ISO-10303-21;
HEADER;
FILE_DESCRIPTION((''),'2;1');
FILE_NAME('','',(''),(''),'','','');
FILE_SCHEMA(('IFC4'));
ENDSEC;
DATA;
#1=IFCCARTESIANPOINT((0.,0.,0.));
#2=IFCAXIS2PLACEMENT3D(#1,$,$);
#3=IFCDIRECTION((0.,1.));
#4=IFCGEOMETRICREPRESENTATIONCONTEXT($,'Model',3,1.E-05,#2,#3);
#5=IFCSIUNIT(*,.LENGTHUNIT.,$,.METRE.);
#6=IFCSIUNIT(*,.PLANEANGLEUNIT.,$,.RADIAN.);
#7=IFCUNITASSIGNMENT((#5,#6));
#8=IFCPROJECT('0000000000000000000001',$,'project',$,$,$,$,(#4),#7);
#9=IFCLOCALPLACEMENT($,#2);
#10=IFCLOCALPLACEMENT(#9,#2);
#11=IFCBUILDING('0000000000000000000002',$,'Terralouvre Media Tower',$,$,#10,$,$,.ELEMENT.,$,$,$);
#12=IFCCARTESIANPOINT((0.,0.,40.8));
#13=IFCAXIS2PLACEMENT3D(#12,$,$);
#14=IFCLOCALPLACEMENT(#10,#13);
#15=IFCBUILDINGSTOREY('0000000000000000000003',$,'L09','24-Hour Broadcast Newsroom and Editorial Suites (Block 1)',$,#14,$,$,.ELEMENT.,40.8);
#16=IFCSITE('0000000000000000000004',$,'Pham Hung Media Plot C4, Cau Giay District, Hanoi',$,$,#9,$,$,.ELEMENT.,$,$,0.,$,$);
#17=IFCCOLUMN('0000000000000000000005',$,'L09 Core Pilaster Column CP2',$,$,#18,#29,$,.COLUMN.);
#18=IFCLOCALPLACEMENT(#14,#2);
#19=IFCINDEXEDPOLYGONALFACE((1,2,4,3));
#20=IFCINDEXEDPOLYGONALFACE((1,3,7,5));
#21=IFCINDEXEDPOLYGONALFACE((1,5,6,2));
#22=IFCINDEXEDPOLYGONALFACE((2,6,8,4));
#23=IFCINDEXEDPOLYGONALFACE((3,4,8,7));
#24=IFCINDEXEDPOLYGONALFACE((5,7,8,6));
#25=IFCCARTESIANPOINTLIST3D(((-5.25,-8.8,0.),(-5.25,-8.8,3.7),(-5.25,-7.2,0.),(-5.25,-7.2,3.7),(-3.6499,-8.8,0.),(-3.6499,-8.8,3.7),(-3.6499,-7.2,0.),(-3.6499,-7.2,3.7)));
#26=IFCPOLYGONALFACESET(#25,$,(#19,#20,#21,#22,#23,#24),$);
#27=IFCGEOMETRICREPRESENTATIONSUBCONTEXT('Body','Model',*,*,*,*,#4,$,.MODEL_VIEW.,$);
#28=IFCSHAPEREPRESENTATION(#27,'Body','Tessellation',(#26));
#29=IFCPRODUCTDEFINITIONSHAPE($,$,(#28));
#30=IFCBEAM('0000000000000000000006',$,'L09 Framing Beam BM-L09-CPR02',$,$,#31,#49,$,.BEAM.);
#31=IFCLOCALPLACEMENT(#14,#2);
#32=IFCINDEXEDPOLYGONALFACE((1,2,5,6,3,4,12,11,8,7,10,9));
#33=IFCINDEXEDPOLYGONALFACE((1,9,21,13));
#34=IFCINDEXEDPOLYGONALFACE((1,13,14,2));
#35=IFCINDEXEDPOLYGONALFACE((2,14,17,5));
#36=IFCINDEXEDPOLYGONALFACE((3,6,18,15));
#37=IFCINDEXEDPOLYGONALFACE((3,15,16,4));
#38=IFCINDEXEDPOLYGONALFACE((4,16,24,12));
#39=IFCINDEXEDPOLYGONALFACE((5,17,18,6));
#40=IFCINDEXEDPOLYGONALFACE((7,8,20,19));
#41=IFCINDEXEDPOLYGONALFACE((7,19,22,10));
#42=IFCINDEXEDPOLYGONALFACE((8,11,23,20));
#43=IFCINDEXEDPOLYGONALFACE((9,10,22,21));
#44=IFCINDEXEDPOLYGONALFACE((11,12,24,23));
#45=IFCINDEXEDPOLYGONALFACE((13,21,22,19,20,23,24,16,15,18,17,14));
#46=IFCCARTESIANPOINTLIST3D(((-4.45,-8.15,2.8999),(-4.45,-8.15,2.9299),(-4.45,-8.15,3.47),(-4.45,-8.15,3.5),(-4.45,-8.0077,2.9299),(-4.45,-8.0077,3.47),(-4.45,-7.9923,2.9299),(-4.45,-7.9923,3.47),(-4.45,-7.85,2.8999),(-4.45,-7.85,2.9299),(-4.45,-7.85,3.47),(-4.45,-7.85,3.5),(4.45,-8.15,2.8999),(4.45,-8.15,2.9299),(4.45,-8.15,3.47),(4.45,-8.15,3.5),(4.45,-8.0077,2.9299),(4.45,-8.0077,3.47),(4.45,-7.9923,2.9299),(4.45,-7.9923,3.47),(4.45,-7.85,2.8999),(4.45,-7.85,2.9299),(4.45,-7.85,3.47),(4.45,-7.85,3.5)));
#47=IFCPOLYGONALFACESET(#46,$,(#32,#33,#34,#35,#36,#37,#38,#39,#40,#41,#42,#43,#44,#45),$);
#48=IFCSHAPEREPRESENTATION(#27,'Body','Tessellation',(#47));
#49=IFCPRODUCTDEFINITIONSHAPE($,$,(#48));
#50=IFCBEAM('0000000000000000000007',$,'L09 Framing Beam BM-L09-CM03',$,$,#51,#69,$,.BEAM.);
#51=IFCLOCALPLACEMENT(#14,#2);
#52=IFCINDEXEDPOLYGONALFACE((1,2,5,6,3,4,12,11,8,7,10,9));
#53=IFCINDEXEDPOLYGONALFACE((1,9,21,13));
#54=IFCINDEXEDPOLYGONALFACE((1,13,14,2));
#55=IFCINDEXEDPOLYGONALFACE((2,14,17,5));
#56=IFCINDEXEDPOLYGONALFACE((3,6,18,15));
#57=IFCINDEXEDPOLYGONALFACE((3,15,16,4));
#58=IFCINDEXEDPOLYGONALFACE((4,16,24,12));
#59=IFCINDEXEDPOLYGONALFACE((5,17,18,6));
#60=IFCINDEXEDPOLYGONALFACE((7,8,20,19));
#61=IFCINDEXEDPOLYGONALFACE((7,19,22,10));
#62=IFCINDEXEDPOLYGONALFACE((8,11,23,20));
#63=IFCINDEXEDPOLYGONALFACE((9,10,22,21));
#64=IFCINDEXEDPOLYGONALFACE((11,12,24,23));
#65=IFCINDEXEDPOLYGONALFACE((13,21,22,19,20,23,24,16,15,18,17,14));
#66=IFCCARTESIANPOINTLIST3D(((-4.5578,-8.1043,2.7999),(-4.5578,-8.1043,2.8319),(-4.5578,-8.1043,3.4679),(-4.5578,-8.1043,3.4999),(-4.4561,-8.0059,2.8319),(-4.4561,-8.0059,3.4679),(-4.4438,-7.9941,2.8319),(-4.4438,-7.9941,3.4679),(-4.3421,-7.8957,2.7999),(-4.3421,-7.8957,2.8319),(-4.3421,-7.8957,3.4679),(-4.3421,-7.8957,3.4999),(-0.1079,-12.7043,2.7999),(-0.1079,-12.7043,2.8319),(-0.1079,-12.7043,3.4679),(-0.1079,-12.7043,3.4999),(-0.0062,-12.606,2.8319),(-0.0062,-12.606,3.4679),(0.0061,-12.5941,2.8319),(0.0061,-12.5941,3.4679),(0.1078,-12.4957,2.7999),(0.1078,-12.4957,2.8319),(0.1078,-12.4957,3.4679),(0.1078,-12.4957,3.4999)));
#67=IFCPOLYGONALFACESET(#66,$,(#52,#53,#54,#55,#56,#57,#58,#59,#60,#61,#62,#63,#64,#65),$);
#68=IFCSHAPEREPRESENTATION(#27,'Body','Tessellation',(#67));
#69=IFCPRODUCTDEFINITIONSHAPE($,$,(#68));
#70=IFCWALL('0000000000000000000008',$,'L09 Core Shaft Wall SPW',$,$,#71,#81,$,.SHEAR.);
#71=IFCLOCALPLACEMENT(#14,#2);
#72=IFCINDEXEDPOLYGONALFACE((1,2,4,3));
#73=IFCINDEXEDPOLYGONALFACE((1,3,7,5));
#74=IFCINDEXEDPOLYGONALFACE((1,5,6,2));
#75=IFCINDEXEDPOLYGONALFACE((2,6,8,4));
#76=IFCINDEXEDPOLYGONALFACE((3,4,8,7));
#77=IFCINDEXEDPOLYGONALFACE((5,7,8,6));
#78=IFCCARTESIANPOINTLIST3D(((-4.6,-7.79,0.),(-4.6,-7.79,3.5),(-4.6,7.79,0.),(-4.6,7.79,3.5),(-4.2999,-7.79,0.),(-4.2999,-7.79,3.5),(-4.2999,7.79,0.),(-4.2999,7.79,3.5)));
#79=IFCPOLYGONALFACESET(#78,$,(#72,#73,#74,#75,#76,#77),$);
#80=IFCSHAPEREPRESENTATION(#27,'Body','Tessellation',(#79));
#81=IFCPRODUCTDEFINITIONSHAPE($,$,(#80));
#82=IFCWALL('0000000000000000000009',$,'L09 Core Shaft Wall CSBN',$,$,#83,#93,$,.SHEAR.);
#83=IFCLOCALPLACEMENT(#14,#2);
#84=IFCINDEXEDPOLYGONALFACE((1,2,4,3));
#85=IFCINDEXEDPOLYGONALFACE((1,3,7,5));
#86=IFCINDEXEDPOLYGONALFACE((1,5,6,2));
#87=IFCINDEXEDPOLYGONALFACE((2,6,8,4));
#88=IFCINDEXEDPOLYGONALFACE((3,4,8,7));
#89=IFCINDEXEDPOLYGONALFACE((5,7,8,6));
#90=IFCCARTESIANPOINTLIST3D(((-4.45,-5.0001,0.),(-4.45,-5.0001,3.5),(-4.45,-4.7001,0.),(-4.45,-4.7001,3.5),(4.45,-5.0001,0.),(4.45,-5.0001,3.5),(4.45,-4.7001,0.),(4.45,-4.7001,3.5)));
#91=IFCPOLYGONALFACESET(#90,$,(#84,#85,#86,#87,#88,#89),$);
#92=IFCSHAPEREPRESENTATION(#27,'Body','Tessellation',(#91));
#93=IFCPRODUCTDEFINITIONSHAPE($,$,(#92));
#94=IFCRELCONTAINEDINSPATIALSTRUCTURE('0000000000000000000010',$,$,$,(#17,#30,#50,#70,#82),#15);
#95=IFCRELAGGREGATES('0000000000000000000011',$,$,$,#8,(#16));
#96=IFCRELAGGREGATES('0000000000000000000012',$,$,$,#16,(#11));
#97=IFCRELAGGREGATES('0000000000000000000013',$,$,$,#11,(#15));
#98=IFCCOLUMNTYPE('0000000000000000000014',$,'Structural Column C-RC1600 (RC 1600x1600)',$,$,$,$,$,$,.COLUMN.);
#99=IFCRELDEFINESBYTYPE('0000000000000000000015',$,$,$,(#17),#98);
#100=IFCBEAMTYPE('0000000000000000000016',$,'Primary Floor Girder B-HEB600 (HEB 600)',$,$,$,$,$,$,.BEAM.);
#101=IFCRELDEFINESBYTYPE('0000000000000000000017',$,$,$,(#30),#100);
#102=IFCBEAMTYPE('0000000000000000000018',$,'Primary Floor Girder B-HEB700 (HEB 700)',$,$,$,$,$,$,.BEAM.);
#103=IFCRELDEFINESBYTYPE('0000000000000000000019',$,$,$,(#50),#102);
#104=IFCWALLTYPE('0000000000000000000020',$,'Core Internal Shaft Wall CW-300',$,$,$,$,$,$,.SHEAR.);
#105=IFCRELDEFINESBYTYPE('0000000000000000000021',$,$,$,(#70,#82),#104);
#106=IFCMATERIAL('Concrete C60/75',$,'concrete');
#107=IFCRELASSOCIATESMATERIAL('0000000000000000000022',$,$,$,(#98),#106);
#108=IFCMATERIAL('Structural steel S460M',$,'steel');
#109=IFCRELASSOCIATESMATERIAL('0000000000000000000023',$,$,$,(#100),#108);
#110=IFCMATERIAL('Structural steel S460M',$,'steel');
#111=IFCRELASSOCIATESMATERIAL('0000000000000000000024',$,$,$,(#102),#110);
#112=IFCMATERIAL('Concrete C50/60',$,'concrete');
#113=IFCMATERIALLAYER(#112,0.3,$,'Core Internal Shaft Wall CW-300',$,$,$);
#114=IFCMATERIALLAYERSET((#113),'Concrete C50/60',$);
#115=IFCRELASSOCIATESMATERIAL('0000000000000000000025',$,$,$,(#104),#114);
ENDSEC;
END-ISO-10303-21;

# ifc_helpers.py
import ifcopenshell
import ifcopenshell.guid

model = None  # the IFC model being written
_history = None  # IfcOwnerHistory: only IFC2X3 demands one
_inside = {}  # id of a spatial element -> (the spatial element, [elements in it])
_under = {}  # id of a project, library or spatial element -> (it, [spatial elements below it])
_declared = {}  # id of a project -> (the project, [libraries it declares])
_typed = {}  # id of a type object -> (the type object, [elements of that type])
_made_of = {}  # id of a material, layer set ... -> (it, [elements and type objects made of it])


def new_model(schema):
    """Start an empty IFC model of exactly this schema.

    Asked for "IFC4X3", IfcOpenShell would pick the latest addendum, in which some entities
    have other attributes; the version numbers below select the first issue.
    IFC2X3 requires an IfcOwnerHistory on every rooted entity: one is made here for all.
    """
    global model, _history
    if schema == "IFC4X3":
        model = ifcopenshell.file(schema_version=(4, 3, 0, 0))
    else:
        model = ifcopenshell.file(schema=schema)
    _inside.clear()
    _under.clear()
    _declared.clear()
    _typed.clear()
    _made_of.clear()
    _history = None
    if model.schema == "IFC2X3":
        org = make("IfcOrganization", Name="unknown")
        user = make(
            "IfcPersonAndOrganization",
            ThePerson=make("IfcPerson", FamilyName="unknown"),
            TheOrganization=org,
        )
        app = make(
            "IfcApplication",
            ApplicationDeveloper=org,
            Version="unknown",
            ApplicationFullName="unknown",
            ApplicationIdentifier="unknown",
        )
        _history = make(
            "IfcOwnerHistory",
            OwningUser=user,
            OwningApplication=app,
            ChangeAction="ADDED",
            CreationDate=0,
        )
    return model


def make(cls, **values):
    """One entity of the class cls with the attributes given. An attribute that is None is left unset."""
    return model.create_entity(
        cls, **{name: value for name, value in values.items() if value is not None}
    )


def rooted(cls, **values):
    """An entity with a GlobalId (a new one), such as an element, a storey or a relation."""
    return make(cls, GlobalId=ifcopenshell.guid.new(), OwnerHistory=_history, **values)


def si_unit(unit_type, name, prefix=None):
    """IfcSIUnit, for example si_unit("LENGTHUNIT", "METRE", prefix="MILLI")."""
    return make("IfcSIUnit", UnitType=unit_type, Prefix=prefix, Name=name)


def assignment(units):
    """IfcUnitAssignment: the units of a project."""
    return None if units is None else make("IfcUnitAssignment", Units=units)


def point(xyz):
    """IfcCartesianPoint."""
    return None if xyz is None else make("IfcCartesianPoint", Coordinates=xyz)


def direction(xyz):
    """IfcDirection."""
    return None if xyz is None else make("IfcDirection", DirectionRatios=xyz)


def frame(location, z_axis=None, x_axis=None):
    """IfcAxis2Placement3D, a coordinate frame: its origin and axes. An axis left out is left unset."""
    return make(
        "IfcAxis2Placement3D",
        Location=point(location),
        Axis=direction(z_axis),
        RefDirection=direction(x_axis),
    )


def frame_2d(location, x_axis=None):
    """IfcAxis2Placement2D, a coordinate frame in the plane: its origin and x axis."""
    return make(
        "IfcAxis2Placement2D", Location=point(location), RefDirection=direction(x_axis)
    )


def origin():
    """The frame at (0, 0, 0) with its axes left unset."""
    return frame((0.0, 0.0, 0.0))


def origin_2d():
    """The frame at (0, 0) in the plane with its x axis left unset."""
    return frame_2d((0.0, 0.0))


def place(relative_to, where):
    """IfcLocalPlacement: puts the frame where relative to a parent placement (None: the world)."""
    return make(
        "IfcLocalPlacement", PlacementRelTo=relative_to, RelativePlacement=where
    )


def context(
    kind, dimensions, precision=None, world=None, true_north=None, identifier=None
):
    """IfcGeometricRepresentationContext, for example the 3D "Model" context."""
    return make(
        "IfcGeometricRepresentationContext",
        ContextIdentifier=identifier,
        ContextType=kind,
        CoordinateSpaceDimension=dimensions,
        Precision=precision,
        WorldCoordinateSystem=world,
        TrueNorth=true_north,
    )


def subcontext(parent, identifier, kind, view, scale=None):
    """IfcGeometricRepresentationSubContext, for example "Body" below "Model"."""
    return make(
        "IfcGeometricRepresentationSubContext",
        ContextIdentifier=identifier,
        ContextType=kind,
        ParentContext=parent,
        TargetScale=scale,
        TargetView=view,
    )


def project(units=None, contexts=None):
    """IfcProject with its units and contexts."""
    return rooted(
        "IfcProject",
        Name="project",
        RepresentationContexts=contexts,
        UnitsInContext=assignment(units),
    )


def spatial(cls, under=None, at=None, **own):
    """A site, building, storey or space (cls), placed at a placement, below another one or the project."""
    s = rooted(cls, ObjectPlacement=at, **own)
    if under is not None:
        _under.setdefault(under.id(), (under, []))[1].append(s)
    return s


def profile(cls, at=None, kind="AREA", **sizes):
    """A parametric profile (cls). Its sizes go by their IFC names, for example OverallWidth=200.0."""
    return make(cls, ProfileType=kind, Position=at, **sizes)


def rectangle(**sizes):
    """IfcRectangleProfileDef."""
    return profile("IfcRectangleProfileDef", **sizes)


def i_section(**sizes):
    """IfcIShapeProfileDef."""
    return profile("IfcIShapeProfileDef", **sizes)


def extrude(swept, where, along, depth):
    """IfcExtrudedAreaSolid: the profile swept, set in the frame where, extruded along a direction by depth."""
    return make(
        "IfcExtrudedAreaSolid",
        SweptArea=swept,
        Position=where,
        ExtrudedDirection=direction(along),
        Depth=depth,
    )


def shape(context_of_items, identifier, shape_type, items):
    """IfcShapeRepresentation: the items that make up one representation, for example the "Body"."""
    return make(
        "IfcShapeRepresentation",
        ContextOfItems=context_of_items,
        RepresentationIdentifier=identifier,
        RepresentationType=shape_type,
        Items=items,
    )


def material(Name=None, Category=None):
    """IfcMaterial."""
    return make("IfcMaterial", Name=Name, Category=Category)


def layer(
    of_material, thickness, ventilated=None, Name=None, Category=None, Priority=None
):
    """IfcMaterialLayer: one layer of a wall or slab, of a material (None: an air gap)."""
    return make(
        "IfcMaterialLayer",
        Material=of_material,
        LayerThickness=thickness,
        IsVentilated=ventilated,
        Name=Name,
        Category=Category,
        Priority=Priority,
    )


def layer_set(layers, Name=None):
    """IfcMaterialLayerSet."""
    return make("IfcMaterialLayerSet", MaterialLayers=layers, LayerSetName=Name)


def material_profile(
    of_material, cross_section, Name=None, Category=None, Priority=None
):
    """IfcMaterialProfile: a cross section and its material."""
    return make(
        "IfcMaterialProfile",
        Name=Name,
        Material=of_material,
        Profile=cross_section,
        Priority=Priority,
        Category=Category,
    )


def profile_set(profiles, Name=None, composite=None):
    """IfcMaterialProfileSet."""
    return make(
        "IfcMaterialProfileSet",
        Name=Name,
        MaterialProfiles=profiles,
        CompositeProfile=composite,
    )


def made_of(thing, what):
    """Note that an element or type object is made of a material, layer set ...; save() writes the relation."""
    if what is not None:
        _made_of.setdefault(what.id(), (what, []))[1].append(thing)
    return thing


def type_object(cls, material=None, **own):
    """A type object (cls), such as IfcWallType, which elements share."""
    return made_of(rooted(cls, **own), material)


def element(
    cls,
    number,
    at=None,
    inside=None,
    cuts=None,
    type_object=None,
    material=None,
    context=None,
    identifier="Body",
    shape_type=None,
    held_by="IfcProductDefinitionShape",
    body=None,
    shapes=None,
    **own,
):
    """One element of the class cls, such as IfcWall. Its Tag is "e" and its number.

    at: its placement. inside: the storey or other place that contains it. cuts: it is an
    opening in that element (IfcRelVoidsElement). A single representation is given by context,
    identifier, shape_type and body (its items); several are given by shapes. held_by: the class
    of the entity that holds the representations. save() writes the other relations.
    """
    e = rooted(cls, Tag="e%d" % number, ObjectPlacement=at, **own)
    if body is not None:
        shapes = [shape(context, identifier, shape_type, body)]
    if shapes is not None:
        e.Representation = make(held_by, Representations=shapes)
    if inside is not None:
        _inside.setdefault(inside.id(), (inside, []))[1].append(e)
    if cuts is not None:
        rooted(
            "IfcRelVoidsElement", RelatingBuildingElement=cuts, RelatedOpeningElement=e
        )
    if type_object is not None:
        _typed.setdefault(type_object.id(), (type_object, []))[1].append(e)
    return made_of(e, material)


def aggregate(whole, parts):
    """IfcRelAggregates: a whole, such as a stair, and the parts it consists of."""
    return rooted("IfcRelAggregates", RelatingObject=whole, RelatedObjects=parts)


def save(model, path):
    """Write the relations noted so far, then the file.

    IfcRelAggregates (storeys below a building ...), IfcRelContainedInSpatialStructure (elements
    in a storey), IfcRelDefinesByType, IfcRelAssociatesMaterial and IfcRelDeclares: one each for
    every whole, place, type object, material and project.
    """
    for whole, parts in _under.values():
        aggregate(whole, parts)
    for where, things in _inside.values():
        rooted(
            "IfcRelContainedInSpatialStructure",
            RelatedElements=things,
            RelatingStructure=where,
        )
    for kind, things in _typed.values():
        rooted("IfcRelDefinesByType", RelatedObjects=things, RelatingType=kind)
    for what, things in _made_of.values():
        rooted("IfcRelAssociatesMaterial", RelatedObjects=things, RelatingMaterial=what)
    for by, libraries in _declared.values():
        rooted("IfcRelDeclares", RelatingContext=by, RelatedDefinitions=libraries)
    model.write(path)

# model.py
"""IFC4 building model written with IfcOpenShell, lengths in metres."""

from ifc_helpers import new_model, si_unit, direction, frame, frame_2d, origin, origin_2d, place, context, subcontext, project, spatial, rectangle, i_section, extrude, material, layer, layer_set, material_profile, profile_set, type_object, element, save


model = new_model("IFC4")

# Units and contexts
model_context = context("Model", 3, precision=1e-05, world=origin(), true_north=direction((0.0, 1.0)))
body_context = subcontext(model_context, "Body", "Model", "MODEL_VIEW")
ifc_project = project(units=[si_unit("LENGTHUNIT", "METRE"), si_unit("PLANEANGLEUNIT", "RADIAN")], contexts=[model_context])

# Site, building, storey
site_placement = place(None, origin())
site = spatial("IfcSite", under=ifc_project, at=site_placement, Name="Pham Hung Media Plot C4, Cau Giay District, Hanoi", CompositionType="ELEMENT", RefElevation=0.0)
building_placement = place(site_placement, origin())
building = spatial("IfcBuilding", under=site, at=building_placement, Name="Terralouvre Media Tower", CompositionType="ELEMENT")
storey_placement = place(building_placement, frame((0.0, 0.0, 40.8)))
storey = spatial("IfcBuildingStorey", under=building, at=storey_placement, Name="L09", Description="24-Hour Broadcast Newsroom and Editorial Suites (Block 1)", CompositionType="ELEMENT", Elevation=40.8)

# Column
ifc_material_1 = material(Name="Concrete C60/75", Category="concrete")
ifc_material_profile_1 = material_profile(ifc_material_1, rectangle(XDim=1.6001, YDim=1.6001, at=origin_2d()), Name="RC 1600x1600")
ifc_profile_set_1 = profile_set([ifc_material_profile_1], Name="Concrete C60/75")
column_type = type_object("IfcColumnType", Name="Structural Column C-RC1600 (RC 1600x1600)", PredefinedType="COLUMN", material=ifc_profile_set_1)
column_placement = place(storey_placement, frame((-4.45, -8.0, 0.0), z_axis=(0.0, 0.0, 1.0), x_axis=(1.0, 0.0, 0.0)))
element("IfcColumn", 1, at=column_placement, inside=storey, type_object=column_type, Name="L09 Core Pilaster Column CP2", PredefinedType="COLUMN", context=body_context, shape_type="SweptSolid", body=[
    extrude(rectangle(XDim=1.6001, YDim=1.6001, at=origin_2d()), origin(), (0.0, 0.0, 1.0), 3.7),
])

# Beams
ifc_material_2 = material(Name="Structural steel S460M", Category="steel")
ifc_material_profile_2 = material_profile(ifc_material_2, i_section(OverallWidth=0.3, OverallDepth=0.6001, WebThickness=0.0154, FlangeThickness=0.03, at=origin_2d()), Name="HEB 600")
ifc_profile_set_2 = profile_set([ifc_material_profile_2], Name="Structural steel S460M")
beam_type_1 = type_object("IfcBeamType", Name="Primary Floor Girder B-HEB600 (HEB 600)", PredefinedType="BEAM", material=ifc_profile_set_2)
beam_1_placement = place(storey_placement, frame((-4.45, -8.0, 3.2), z_axis=(1.0, 0.0, 0.0), x_axis=(0.0, 1.0, 0.0)))
element("IfcBeam", 2, at=beam_1_placement, inside=storey, type_object=beam_type_1, Name="L09 Framing Beam BM-L09-CPR02", PredefinedType="BEAM", context=body_context, shape_type="SweptSolid", body=[
    extrude(i_section(OverallWidth=0.3, OverallDepth=0.6001, WebThickness=0.0154, FlangeThickness=0.03, at=origin_2d()), origin(), (0.0, 0.0, 1.0), 8.8999),
])
ifc_material_3 = material(Name="Structural steel S460M", Category="steel")
ifc_material_profile_3 = material_profile(ifc_material_3, i_section(OverallWidth=0.3, OverallDepth=0.7, WebThickness=0.0171, FlangeThickness=0.032, at=origin_2d()), Name="HEB 700")
ifc_profile_set_3 = profile_set([ifc_material_profile_3], Name="Structural steel S460M")
beam_type_2 = type_object("IfcBeamType", Name="Primary Floor Girder B-HEB700 (HEB 700)", PredefinedType="BEAM", material=ifc_profile_set_3)
beam_2_placement = place(storey_placement, frame((-4.45, -8.0, 3.1499), z_axis=(0.69528, -0.718739, 0.0), x_axis=(0.718739, 0.69528, 0.0)))
element("IfcBeam", 3, at=beam_2_placement, inside=storey, type_object=beam_type_2, Name="L09 Framing Beam BM-L09-CM03", PredefinedType="BEAM", context=body_context, shape_type="SweptSolid", body=[
    extrude(i_section(OverallWidth=0.3, OverallDepth=0.7, WebThickness=0.0171, FlangeThickness=0.032, at=origin_2d()), origin(), (0.0, 0.0, 1.0), 6.4001),
])

# Walls
ifc_material_4 = material(Name="Concrete C50/60", Category="concrete")
ifc_layer_1 = layer(ifc_material_4, 0.3, Name="Core Internal Shaft Wall CW-300")
ifc_layer_set_1 = layer_set([ifc_layer_1], Name="Concrete C50/60")
wall_type_1 = type_object("IfcWallType", Name="Core Internal Shaft Wall CW-300", PredefinedType="SHEAR", material=ifc_layer_set_1)
wall_1_placement = place(storey_placement, frame((-4.45, -7.79, 0.0), z_axis=(0.0, 0.0, 1.0), x_axis=(0.0, 1.0, 0.0)))
element("IfcWall", 4, at=wall_1_placement, inside=storey, type_object=wall_type_1, Name="L09 Core Shaft Wall SPW", PredefinedType="SHEAR", context=body_context, shape_type="SweptSolid", body=[
    extrude(rectangle(XDim=15.5801, YDim=0.3, at=frame_2d((7.79, 0.0))), origin(), (0.0, 0.0, 1.0), 3.5),
])
wall_2_placement = place(storey_placement, frame((-4.45, -4.8501, 0.0), z_axis=(0.0, 0.0, 1.0), x_axis=(1.0, 0.0, 0.0)))
element("IfcWall", 5, at=wall_2_placement, inside=storey, type_object=wall_type_1, Name="L09 Core Shaft Wall CSBN", PredefinedType="SHEAR", context=body_context, shape_type="SweptSolid", body=[
    extrude(rectangle(XDim=8.8999, YDim=0.3, at=frame_2d((4.45, 0.0))), origin(), (0.0, 0.0, 1.0), 3.5),
])

save(model, "model.ifc")
